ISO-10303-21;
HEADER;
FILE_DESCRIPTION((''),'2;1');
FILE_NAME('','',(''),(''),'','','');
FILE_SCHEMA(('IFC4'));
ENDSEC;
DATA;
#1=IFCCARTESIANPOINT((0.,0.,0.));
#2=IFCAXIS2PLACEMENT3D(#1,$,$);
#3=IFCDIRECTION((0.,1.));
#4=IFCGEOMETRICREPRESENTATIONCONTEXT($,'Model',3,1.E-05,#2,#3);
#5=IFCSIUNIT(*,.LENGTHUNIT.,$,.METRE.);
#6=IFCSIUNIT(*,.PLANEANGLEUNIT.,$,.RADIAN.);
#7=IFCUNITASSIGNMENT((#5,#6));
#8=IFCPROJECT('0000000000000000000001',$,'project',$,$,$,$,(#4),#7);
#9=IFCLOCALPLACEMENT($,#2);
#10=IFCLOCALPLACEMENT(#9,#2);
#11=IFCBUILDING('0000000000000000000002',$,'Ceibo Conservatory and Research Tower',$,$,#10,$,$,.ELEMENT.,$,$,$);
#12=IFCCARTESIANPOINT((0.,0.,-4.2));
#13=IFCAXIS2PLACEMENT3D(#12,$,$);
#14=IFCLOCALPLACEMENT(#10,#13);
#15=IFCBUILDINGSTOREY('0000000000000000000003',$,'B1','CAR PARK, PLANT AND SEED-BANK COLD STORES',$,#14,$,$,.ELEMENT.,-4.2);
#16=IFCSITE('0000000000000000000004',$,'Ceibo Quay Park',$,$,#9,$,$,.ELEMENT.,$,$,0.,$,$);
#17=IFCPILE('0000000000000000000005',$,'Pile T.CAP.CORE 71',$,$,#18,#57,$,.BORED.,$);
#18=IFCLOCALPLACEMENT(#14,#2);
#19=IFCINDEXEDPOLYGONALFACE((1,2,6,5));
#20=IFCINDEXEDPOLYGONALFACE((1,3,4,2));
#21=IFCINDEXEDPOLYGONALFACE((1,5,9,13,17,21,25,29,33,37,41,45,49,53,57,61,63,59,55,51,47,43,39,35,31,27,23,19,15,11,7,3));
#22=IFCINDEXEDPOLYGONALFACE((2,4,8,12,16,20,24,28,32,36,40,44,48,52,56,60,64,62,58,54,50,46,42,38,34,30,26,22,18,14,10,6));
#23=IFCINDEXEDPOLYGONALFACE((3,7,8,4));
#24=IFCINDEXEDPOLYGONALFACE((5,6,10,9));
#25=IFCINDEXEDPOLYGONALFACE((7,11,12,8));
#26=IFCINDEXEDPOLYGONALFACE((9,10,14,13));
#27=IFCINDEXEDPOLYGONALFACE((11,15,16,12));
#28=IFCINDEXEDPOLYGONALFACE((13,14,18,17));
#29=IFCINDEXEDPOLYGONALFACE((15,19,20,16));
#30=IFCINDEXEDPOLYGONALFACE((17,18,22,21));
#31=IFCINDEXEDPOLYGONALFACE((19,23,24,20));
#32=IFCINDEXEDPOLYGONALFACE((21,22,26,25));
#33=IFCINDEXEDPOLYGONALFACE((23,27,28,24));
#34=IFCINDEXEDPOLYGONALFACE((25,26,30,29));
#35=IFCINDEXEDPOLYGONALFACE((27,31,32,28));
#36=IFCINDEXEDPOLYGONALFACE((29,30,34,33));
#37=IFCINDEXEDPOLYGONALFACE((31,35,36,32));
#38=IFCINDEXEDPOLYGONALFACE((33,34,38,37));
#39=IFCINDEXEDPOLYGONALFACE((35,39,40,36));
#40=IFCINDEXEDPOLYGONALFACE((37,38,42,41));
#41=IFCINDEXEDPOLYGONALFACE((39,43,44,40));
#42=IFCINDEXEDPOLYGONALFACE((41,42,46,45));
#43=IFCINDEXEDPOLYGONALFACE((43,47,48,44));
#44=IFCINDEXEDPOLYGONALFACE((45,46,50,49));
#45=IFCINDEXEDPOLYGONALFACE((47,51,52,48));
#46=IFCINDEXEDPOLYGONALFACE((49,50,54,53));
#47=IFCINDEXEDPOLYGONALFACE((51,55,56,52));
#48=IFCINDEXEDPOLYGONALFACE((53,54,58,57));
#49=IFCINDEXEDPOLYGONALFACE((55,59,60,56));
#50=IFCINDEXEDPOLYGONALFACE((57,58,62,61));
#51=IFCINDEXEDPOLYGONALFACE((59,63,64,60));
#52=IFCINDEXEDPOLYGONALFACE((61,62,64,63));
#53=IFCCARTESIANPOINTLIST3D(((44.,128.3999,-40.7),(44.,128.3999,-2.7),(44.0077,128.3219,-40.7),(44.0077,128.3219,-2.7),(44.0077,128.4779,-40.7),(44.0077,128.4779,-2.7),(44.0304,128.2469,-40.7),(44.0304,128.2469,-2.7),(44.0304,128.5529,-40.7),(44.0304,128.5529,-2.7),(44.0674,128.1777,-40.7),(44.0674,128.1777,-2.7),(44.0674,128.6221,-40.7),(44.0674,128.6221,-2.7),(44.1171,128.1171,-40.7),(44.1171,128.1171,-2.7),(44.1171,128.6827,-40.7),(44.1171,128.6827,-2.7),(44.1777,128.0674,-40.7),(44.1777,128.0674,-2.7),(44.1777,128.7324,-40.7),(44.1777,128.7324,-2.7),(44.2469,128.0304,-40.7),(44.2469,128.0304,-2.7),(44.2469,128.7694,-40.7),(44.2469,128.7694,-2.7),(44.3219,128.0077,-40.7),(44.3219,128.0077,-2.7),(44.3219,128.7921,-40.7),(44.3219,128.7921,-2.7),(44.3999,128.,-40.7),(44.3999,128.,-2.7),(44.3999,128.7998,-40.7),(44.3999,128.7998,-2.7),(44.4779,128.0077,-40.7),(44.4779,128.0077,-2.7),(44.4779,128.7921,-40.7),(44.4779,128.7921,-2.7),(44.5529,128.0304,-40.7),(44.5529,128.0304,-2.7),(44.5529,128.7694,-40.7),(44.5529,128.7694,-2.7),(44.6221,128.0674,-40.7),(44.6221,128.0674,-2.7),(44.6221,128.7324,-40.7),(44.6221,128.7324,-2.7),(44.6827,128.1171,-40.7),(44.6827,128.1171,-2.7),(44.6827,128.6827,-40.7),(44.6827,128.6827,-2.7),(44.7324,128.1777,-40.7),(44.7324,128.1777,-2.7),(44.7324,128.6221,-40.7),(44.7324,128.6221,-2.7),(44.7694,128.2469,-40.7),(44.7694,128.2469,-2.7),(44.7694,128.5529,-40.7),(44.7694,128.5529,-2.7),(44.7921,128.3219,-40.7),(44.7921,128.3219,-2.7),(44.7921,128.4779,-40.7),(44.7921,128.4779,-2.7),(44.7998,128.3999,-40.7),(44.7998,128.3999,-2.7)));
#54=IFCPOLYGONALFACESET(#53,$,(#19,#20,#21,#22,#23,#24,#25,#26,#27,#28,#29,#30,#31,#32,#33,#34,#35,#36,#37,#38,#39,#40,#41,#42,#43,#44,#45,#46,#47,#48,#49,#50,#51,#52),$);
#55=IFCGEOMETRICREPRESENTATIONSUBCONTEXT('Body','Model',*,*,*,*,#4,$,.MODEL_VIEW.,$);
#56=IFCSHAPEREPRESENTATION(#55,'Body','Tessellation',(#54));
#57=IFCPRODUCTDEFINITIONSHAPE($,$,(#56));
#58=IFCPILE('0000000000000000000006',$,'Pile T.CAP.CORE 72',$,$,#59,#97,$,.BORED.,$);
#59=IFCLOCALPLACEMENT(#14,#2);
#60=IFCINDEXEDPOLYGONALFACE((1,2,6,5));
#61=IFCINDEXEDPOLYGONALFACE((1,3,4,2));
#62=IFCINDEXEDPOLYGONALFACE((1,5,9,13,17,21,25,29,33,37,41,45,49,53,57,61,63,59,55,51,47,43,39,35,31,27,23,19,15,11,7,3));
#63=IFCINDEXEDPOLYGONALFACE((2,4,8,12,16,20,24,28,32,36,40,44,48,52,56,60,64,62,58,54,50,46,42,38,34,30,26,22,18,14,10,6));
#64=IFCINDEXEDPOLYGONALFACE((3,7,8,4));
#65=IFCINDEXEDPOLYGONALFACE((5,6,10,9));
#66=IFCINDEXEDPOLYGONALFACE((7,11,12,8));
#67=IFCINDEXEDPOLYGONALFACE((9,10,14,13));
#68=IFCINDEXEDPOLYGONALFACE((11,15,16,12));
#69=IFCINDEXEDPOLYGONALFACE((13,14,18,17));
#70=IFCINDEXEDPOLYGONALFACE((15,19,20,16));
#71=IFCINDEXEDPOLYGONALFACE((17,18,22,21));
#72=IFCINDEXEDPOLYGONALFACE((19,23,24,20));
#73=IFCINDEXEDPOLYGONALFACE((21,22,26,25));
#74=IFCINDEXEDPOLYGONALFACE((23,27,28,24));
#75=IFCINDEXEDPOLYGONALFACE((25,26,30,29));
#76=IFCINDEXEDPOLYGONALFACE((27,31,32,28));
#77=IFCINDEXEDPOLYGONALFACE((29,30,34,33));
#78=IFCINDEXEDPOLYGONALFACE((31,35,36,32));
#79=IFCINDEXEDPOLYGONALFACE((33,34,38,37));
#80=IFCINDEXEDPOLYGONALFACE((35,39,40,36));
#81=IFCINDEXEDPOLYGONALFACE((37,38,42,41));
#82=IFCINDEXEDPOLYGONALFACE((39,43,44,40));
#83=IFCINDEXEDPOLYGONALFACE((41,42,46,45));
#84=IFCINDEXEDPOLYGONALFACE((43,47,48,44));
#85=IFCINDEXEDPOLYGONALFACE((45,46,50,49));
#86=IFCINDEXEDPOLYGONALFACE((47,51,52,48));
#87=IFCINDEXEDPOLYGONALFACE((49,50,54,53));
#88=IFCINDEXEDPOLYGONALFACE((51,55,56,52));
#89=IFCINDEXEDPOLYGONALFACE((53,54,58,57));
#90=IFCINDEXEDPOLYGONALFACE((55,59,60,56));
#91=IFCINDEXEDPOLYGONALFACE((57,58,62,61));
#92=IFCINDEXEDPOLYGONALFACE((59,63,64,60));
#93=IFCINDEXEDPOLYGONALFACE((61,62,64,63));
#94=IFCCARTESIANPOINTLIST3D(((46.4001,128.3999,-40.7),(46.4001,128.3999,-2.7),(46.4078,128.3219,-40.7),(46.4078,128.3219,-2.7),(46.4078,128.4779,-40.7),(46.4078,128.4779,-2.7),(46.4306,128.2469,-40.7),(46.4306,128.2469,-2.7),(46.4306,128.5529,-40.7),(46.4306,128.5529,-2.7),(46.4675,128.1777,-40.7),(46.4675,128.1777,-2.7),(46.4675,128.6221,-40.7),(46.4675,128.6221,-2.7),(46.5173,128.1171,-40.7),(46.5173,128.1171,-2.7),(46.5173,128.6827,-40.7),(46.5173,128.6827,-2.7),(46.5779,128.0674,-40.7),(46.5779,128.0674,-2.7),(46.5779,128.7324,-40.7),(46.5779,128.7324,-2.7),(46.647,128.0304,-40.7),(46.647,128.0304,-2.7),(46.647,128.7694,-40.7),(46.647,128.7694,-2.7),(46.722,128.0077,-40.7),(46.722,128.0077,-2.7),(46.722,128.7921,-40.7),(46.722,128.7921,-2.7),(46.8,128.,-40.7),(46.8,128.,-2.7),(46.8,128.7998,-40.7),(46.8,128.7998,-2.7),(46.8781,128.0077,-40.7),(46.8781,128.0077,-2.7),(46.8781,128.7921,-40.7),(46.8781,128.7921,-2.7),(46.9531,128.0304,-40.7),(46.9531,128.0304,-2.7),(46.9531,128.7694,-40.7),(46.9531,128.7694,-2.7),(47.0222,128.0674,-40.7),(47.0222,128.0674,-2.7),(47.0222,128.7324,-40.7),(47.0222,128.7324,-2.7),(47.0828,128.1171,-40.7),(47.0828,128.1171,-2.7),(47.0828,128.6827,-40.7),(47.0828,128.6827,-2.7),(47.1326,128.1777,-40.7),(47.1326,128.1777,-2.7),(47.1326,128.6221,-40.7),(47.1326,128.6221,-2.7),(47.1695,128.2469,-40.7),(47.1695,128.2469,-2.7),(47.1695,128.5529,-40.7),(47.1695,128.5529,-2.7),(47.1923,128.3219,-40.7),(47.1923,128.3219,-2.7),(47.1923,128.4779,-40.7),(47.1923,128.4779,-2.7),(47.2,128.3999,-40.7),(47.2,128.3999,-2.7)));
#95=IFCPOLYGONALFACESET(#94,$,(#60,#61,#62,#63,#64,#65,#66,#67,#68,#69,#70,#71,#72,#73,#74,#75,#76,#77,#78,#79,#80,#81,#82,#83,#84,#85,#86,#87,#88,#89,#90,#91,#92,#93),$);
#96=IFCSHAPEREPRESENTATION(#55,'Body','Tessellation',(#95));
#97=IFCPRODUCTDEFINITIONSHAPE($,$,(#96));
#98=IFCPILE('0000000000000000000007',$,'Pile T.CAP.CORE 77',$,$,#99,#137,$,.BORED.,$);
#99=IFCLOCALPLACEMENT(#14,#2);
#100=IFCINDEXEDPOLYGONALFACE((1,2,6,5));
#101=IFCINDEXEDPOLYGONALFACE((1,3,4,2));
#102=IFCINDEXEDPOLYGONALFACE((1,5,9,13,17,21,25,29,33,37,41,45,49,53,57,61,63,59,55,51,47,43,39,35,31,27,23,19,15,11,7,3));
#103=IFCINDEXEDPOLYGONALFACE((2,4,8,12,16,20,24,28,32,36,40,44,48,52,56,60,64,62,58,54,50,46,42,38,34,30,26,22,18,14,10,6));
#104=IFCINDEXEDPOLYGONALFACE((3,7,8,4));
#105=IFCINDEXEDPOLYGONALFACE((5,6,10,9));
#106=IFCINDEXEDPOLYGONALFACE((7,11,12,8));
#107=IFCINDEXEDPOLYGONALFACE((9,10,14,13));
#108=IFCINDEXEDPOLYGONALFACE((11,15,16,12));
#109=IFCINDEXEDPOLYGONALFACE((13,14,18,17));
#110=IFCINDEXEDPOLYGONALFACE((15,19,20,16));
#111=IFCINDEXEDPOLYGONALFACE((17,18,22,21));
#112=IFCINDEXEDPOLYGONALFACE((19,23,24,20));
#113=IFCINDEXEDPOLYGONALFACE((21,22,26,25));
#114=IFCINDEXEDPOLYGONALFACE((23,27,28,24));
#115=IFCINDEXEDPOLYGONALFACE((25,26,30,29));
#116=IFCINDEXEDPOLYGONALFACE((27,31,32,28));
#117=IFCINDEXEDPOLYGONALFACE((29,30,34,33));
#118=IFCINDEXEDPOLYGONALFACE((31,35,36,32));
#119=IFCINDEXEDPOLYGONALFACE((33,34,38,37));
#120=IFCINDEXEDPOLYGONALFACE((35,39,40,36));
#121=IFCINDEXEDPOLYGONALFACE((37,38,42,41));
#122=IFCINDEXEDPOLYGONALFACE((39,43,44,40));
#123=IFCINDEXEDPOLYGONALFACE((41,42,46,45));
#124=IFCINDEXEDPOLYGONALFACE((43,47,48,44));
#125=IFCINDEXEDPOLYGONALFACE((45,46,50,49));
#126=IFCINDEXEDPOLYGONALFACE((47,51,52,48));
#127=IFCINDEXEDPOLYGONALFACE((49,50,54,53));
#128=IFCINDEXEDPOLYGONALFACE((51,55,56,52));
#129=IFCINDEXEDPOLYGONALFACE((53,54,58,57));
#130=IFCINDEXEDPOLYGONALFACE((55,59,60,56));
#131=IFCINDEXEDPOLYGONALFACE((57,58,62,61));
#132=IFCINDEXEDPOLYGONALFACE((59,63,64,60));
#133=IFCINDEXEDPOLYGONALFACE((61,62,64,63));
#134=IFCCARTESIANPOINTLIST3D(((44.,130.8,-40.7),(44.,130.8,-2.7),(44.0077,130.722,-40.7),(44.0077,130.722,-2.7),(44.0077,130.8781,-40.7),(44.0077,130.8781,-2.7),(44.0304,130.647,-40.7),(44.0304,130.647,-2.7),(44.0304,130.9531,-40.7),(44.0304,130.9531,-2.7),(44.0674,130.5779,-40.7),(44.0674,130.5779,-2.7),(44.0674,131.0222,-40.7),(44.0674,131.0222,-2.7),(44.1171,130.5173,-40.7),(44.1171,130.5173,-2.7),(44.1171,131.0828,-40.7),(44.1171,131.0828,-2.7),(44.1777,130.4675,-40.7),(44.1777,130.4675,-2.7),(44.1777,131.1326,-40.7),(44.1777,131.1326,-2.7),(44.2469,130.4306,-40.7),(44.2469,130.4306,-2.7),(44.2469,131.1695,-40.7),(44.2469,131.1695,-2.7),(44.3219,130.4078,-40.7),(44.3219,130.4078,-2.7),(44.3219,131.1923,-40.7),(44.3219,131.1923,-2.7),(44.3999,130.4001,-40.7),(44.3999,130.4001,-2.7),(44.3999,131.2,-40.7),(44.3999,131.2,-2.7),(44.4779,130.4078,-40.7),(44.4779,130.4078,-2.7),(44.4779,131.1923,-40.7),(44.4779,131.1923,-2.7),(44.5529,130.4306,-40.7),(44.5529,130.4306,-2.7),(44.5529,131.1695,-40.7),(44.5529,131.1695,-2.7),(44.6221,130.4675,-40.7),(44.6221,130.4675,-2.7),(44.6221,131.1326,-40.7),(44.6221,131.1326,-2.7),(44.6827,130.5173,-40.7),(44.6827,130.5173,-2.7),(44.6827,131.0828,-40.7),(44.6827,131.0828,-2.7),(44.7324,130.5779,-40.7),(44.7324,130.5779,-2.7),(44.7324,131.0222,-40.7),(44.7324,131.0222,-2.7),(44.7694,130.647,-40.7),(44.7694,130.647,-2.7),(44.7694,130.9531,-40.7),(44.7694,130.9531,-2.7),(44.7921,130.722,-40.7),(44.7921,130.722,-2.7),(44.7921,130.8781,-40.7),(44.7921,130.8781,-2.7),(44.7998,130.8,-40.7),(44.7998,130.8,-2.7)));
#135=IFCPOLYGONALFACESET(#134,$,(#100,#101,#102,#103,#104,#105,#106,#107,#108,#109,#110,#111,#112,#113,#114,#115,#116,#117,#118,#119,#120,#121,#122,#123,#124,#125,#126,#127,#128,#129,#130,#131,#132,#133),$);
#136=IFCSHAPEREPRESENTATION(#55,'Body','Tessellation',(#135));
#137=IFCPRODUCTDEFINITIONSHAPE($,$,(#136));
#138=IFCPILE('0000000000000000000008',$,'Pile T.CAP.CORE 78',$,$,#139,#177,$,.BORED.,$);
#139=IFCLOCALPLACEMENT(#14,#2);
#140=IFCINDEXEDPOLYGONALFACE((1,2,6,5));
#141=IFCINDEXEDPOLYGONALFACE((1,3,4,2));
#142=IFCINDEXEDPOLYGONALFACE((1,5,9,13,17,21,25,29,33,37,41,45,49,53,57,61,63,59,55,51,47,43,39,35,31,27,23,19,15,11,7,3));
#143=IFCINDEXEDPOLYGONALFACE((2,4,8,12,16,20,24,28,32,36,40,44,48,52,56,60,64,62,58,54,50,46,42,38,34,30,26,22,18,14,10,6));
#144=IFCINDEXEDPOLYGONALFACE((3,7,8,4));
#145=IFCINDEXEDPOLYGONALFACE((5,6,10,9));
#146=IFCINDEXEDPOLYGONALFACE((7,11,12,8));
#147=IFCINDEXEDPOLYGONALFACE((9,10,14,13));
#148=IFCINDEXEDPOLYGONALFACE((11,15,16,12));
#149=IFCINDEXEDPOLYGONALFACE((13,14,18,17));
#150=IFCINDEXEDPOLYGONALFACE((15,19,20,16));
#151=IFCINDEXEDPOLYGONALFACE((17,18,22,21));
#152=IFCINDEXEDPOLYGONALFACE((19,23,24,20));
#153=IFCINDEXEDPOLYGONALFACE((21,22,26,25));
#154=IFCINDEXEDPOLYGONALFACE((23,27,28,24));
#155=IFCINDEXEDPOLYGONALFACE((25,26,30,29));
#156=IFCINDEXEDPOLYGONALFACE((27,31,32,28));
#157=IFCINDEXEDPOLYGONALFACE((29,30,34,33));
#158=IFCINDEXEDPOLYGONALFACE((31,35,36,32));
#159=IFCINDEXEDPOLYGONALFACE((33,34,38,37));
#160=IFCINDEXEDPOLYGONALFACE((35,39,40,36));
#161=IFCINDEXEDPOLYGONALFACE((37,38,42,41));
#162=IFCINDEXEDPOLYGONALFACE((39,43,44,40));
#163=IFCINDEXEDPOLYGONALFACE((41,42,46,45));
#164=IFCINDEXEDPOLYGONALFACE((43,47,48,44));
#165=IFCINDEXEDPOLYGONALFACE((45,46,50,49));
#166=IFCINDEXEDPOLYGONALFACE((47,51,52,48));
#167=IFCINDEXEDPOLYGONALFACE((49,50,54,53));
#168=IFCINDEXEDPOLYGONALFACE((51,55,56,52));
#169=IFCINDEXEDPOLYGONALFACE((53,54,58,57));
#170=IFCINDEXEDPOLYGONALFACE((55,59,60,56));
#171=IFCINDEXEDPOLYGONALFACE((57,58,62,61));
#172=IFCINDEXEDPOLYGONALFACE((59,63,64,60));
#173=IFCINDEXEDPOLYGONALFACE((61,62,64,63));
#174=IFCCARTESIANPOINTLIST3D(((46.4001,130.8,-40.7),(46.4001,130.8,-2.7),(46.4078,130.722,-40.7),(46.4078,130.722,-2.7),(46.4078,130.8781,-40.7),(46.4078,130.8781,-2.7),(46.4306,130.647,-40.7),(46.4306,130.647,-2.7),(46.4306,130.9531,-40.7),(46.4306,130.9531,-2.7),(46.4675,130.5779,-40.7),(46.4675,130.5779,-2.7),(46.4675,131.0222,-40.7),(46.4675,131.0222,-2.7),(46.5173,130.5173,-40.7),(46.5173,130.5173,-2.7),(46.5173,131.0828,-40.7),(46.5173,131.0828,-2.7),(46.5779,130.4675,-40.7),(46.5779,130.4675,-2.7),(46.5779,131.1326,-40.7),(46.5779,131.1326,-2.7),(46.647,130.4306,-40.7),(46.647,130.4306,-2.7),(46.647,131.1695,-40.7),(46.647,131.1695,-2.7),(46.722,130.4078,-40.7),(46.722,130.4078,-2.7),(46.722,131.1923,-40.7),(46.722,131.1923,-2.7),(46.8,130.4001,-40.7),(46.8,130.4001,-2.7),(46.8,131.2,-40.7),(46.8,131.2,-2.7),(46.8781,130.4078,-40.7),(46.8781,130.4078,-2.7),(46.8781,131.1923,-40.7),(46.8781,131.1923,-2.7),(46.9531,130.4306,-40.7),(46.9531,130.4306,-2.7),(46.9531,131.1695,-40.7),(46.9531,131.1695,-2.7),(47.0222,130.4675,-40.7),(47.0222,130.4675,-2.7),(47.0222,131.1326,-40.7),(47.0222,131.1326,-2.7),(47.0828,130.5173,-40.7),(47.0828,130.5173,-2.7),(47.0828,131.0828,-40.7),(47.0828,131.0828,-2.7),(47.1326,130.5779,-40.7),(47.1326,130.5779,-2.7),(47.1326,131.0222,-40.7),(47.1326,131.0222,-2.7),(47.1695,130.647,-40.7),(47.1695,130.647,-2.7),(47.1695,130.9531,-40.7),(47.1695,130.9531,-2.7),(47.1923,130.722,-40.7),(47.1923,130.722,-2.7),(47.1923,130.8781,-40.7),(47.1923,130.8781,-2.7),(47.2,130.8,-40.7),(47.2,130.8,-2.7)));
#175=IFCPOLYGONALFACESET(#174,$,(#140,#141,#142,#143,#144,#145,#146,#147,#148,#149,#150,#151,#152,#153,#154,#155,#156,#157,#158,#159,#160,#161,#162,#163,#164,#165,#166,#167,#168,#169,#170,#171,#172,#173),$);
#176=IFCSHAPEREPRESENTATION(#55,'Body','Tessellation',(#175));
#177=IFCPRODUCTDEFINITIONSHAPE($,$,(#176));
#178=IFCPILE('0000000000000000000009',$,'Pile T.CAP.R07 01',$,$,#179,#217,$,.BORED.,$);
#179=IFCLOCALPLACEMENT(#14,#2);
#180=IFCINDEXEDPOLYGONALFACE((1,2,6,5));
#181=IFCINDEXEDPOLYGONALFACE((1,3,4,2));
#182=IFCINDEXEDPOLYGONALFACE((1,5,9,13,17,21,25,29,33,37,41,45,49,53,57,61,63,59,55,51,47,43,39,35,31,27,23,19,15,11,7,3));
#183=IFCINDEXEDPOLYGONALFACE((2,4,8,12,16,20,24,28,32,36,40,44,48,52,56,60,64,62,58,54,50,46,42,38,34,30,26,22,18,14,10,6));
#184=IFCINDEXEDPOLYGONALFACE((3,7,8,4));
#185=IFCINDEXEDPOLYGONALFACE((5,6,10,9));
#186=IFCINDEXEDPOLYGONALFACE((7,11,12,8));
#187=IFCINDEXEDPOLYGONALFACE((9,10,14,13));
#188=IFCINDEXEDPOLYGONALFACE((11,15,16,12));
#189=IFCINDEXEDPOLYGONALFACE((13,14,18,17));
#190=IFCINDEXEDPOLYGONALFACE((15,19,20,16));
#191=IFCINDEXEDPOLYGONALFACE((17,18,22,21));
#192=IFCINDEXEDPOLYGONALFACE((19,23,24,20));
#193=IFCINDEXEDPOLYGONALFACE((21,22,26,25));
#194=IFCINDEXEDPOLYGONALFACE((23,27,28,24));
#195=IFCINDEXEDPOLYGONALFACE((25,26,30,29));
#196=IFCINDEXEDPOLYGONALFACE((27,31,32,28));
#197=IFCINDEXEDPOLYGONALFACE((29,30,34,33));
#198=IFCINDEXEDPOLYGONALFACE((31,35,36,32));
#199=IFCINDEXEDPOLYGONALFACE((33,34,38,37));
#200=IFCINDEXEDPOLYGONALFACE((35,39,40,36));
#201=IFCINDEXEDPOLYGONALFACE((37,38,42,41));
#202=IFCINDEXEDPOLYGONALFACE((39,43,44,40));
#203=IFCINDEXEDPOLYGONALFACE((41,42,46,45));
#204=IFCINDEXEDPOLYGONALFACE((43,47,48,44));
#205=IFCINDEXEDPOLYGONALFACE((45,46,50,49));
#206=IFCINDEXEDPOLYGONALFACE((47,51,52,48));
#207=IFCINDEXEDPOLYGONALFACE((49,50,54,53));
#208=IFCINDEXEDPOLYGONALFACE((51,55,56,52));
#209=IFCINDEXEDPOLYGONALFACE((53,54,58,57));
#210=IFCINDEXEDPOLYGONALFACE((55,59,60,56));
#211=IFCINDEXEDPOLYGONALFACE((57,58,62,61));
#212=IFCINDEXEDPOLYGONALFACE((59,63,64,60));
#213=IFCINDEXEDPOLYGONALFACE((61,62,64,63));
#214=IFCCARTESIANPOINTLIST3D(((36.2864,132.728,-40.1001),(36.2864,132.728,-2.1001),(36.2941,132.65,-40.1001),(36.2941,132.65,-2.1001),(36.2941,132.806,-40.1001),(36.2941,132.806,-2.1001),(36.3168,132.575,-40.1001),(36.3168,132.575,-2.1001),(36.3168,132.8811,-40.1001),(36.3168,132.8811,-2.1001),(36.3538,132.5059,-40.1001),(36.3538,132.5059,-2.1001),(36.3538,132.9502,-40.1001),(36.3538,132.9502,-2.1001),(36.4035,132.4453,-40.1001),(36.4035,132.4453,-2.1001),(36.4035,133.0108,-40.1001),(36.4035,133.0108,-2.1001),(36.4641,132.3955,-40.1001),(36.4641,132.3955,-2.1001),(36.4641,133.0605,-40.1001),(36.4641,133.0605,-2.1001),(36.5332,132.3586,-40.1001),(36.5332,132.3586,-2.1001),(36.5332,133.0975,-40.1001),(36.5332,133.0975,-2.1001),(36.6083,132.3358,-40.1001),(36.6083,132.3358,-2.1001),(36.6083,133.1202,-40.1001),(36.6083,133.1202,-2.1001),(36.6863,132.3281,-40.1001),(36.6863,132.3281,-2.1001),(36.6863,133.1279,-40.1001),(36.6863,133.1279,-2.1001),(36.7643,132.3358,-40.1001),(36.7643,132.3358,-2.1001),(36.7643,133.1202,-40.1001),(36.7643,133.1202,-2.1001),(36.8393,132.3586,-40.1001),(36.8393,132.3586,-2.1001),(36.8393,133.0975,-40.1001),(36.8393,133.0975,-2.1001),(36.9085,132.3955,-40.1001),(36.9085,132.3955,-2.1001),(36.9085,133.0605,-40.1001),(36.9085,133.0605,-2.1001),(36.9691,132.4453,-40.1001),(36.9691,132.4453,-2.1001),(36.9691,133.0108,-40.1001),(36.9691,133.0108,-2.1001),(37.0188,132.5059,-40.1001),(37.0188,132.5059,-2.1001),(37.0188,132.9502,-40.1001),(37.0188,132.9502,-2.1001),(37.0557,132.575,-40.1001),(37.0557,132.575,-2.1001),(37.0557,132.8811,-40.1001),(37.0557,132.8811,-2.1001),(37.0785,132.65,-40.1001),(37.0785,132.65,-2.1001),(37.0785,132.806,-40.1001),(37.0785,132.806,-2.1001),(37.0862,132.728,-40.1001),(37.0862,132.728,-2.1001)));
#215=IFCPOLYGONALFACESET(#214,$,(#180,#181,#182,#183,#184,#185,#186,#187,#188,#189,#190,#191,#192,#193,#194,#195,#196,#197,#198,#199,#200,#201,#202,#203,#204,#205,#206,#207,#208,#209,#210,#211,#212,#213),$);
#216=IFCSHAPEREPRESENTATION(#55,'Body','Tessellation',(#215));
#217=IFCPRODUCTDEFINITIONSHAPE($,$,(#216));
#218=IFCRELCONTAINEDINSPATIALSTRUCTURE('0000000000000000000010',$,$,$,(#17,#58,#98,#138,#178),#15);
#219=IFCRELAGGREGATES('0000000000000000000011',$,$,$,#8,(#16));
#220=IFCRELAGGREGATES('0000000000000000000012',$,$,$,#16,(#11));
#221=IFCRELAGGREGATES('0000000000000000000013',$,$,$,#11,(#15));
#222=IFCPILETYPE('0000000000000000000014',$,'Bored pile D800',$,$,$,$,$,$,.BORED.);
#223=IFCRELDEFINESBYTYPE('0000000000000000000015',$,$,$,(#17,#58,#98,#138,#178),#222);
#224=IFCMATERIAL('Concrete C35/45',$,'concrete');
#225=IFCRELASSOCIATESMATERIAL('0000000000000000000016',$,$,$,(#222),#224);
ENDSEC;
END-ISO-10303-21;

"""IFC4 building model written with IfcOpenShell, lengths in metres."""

from ifc_helpers import new_model, si_unit, direction, frame, origin, origin_2d, place, context, subcontext, project, spatial, circle, extrude, material, material_profile, profile_set, type_object, element, save


model = new_model("IFC4")

# Units and contexts
model_context = context("Model", 3, precision=1e-05, world=origin(), true_north=direction((0.0, 1.0)))
body_context = subcontext(model_context, "Body", "Model", "MODEL_VIEW")
ifc_project = project(units=[si_unit("LENGTHUNIT", "METRE"), si_unit("PLANEANGLEUNIT", "RADIAN")], contexts=[model_context])

# Site, building, storey
site_placement = place(None, origin())
site = spatial("IfcSite", under=ifc_project, at=site_placement, Name="Ceibo Quay Park", CompositionType="ELEMENT", RefElevation=0.0)
building_placement = place(site_placement, origin())
building = spatial("IfcBuilding", under=site, at=building_placement, Name="Ceibo Conservatory and Research Tower", CompositionType="ELEMENT")
storey_placement = place(building_placement, frame((0.0, 0.0, -4.2)))
storey = spatial("IfcBuildingStorey", under=building, at=storey_placement, Name="B1", Description="CAR PARK, PLANT AND SEED-BANK COLD STORES", CompositionType="ELEMENT", Elevation=-4.2)

# Piles
ifc_material_1 = material(Name="Concrete C35/45", Category="concrete")
ifc_material_profile_1 = material_profile(ifc_material_1, circle(Radius=0.3999, at=origin_2d()), Name="RC D800")
ifc_profile_set_1 = profile_set([ifc_material_profile_1], Name="Concrete C35/45")
pile_type = type_object("IfcPileType", Name="Bored pile D800", PredefinedType="BORED", material=ifc_profile_set_1)
for number, where, z_axis, x_axis, name in (
    (1, (44.3999, 128.3999, -2.7), (0.0, 0.0, -1.0), (1.0, 0.0, 0.0), "Pile T.CAP.CORE 71"),
    (2, (46.8, 128.3999, -2.7), (0.0, 0.0, -1.0), (1.0, 0.0, 0.0), "Pile T.CAP.CORE 72"),
    (3, (44.3999, 130.8, -2.7), (0.0, 0.0, -1.0), (1.0, 0.0, 0.0), "Pile T.CAP.CORE 77"),
    (4, (46.8, 130.8, -2.7), (0.0, 0.0, -1.0), (1.0, 0.0, 0.0), "Pile T.CAP.CORE 78"),
    (5, (36.6863, 132.728, -2.1001), (0.0, 0.0, -1.0), (1.0, 0.0, 0.0), "Pile T.CAP.R07 01"),
):
    element("IfcPile", number, at=place(storey_placement, frame(where, z_axis=z_axis, x_axis=x_axis)), inside=storey, type_object=pile_type, Name=name, PredefinedType="BORED", context=body_context, shape_type="SweptSolid", body=[
        extrude(circle(Radius=0.3999, at=origin_2d()), origin(), (0.0, 0.0, 1.0), 38.0),
    ])

save(model, "model.ifc")
